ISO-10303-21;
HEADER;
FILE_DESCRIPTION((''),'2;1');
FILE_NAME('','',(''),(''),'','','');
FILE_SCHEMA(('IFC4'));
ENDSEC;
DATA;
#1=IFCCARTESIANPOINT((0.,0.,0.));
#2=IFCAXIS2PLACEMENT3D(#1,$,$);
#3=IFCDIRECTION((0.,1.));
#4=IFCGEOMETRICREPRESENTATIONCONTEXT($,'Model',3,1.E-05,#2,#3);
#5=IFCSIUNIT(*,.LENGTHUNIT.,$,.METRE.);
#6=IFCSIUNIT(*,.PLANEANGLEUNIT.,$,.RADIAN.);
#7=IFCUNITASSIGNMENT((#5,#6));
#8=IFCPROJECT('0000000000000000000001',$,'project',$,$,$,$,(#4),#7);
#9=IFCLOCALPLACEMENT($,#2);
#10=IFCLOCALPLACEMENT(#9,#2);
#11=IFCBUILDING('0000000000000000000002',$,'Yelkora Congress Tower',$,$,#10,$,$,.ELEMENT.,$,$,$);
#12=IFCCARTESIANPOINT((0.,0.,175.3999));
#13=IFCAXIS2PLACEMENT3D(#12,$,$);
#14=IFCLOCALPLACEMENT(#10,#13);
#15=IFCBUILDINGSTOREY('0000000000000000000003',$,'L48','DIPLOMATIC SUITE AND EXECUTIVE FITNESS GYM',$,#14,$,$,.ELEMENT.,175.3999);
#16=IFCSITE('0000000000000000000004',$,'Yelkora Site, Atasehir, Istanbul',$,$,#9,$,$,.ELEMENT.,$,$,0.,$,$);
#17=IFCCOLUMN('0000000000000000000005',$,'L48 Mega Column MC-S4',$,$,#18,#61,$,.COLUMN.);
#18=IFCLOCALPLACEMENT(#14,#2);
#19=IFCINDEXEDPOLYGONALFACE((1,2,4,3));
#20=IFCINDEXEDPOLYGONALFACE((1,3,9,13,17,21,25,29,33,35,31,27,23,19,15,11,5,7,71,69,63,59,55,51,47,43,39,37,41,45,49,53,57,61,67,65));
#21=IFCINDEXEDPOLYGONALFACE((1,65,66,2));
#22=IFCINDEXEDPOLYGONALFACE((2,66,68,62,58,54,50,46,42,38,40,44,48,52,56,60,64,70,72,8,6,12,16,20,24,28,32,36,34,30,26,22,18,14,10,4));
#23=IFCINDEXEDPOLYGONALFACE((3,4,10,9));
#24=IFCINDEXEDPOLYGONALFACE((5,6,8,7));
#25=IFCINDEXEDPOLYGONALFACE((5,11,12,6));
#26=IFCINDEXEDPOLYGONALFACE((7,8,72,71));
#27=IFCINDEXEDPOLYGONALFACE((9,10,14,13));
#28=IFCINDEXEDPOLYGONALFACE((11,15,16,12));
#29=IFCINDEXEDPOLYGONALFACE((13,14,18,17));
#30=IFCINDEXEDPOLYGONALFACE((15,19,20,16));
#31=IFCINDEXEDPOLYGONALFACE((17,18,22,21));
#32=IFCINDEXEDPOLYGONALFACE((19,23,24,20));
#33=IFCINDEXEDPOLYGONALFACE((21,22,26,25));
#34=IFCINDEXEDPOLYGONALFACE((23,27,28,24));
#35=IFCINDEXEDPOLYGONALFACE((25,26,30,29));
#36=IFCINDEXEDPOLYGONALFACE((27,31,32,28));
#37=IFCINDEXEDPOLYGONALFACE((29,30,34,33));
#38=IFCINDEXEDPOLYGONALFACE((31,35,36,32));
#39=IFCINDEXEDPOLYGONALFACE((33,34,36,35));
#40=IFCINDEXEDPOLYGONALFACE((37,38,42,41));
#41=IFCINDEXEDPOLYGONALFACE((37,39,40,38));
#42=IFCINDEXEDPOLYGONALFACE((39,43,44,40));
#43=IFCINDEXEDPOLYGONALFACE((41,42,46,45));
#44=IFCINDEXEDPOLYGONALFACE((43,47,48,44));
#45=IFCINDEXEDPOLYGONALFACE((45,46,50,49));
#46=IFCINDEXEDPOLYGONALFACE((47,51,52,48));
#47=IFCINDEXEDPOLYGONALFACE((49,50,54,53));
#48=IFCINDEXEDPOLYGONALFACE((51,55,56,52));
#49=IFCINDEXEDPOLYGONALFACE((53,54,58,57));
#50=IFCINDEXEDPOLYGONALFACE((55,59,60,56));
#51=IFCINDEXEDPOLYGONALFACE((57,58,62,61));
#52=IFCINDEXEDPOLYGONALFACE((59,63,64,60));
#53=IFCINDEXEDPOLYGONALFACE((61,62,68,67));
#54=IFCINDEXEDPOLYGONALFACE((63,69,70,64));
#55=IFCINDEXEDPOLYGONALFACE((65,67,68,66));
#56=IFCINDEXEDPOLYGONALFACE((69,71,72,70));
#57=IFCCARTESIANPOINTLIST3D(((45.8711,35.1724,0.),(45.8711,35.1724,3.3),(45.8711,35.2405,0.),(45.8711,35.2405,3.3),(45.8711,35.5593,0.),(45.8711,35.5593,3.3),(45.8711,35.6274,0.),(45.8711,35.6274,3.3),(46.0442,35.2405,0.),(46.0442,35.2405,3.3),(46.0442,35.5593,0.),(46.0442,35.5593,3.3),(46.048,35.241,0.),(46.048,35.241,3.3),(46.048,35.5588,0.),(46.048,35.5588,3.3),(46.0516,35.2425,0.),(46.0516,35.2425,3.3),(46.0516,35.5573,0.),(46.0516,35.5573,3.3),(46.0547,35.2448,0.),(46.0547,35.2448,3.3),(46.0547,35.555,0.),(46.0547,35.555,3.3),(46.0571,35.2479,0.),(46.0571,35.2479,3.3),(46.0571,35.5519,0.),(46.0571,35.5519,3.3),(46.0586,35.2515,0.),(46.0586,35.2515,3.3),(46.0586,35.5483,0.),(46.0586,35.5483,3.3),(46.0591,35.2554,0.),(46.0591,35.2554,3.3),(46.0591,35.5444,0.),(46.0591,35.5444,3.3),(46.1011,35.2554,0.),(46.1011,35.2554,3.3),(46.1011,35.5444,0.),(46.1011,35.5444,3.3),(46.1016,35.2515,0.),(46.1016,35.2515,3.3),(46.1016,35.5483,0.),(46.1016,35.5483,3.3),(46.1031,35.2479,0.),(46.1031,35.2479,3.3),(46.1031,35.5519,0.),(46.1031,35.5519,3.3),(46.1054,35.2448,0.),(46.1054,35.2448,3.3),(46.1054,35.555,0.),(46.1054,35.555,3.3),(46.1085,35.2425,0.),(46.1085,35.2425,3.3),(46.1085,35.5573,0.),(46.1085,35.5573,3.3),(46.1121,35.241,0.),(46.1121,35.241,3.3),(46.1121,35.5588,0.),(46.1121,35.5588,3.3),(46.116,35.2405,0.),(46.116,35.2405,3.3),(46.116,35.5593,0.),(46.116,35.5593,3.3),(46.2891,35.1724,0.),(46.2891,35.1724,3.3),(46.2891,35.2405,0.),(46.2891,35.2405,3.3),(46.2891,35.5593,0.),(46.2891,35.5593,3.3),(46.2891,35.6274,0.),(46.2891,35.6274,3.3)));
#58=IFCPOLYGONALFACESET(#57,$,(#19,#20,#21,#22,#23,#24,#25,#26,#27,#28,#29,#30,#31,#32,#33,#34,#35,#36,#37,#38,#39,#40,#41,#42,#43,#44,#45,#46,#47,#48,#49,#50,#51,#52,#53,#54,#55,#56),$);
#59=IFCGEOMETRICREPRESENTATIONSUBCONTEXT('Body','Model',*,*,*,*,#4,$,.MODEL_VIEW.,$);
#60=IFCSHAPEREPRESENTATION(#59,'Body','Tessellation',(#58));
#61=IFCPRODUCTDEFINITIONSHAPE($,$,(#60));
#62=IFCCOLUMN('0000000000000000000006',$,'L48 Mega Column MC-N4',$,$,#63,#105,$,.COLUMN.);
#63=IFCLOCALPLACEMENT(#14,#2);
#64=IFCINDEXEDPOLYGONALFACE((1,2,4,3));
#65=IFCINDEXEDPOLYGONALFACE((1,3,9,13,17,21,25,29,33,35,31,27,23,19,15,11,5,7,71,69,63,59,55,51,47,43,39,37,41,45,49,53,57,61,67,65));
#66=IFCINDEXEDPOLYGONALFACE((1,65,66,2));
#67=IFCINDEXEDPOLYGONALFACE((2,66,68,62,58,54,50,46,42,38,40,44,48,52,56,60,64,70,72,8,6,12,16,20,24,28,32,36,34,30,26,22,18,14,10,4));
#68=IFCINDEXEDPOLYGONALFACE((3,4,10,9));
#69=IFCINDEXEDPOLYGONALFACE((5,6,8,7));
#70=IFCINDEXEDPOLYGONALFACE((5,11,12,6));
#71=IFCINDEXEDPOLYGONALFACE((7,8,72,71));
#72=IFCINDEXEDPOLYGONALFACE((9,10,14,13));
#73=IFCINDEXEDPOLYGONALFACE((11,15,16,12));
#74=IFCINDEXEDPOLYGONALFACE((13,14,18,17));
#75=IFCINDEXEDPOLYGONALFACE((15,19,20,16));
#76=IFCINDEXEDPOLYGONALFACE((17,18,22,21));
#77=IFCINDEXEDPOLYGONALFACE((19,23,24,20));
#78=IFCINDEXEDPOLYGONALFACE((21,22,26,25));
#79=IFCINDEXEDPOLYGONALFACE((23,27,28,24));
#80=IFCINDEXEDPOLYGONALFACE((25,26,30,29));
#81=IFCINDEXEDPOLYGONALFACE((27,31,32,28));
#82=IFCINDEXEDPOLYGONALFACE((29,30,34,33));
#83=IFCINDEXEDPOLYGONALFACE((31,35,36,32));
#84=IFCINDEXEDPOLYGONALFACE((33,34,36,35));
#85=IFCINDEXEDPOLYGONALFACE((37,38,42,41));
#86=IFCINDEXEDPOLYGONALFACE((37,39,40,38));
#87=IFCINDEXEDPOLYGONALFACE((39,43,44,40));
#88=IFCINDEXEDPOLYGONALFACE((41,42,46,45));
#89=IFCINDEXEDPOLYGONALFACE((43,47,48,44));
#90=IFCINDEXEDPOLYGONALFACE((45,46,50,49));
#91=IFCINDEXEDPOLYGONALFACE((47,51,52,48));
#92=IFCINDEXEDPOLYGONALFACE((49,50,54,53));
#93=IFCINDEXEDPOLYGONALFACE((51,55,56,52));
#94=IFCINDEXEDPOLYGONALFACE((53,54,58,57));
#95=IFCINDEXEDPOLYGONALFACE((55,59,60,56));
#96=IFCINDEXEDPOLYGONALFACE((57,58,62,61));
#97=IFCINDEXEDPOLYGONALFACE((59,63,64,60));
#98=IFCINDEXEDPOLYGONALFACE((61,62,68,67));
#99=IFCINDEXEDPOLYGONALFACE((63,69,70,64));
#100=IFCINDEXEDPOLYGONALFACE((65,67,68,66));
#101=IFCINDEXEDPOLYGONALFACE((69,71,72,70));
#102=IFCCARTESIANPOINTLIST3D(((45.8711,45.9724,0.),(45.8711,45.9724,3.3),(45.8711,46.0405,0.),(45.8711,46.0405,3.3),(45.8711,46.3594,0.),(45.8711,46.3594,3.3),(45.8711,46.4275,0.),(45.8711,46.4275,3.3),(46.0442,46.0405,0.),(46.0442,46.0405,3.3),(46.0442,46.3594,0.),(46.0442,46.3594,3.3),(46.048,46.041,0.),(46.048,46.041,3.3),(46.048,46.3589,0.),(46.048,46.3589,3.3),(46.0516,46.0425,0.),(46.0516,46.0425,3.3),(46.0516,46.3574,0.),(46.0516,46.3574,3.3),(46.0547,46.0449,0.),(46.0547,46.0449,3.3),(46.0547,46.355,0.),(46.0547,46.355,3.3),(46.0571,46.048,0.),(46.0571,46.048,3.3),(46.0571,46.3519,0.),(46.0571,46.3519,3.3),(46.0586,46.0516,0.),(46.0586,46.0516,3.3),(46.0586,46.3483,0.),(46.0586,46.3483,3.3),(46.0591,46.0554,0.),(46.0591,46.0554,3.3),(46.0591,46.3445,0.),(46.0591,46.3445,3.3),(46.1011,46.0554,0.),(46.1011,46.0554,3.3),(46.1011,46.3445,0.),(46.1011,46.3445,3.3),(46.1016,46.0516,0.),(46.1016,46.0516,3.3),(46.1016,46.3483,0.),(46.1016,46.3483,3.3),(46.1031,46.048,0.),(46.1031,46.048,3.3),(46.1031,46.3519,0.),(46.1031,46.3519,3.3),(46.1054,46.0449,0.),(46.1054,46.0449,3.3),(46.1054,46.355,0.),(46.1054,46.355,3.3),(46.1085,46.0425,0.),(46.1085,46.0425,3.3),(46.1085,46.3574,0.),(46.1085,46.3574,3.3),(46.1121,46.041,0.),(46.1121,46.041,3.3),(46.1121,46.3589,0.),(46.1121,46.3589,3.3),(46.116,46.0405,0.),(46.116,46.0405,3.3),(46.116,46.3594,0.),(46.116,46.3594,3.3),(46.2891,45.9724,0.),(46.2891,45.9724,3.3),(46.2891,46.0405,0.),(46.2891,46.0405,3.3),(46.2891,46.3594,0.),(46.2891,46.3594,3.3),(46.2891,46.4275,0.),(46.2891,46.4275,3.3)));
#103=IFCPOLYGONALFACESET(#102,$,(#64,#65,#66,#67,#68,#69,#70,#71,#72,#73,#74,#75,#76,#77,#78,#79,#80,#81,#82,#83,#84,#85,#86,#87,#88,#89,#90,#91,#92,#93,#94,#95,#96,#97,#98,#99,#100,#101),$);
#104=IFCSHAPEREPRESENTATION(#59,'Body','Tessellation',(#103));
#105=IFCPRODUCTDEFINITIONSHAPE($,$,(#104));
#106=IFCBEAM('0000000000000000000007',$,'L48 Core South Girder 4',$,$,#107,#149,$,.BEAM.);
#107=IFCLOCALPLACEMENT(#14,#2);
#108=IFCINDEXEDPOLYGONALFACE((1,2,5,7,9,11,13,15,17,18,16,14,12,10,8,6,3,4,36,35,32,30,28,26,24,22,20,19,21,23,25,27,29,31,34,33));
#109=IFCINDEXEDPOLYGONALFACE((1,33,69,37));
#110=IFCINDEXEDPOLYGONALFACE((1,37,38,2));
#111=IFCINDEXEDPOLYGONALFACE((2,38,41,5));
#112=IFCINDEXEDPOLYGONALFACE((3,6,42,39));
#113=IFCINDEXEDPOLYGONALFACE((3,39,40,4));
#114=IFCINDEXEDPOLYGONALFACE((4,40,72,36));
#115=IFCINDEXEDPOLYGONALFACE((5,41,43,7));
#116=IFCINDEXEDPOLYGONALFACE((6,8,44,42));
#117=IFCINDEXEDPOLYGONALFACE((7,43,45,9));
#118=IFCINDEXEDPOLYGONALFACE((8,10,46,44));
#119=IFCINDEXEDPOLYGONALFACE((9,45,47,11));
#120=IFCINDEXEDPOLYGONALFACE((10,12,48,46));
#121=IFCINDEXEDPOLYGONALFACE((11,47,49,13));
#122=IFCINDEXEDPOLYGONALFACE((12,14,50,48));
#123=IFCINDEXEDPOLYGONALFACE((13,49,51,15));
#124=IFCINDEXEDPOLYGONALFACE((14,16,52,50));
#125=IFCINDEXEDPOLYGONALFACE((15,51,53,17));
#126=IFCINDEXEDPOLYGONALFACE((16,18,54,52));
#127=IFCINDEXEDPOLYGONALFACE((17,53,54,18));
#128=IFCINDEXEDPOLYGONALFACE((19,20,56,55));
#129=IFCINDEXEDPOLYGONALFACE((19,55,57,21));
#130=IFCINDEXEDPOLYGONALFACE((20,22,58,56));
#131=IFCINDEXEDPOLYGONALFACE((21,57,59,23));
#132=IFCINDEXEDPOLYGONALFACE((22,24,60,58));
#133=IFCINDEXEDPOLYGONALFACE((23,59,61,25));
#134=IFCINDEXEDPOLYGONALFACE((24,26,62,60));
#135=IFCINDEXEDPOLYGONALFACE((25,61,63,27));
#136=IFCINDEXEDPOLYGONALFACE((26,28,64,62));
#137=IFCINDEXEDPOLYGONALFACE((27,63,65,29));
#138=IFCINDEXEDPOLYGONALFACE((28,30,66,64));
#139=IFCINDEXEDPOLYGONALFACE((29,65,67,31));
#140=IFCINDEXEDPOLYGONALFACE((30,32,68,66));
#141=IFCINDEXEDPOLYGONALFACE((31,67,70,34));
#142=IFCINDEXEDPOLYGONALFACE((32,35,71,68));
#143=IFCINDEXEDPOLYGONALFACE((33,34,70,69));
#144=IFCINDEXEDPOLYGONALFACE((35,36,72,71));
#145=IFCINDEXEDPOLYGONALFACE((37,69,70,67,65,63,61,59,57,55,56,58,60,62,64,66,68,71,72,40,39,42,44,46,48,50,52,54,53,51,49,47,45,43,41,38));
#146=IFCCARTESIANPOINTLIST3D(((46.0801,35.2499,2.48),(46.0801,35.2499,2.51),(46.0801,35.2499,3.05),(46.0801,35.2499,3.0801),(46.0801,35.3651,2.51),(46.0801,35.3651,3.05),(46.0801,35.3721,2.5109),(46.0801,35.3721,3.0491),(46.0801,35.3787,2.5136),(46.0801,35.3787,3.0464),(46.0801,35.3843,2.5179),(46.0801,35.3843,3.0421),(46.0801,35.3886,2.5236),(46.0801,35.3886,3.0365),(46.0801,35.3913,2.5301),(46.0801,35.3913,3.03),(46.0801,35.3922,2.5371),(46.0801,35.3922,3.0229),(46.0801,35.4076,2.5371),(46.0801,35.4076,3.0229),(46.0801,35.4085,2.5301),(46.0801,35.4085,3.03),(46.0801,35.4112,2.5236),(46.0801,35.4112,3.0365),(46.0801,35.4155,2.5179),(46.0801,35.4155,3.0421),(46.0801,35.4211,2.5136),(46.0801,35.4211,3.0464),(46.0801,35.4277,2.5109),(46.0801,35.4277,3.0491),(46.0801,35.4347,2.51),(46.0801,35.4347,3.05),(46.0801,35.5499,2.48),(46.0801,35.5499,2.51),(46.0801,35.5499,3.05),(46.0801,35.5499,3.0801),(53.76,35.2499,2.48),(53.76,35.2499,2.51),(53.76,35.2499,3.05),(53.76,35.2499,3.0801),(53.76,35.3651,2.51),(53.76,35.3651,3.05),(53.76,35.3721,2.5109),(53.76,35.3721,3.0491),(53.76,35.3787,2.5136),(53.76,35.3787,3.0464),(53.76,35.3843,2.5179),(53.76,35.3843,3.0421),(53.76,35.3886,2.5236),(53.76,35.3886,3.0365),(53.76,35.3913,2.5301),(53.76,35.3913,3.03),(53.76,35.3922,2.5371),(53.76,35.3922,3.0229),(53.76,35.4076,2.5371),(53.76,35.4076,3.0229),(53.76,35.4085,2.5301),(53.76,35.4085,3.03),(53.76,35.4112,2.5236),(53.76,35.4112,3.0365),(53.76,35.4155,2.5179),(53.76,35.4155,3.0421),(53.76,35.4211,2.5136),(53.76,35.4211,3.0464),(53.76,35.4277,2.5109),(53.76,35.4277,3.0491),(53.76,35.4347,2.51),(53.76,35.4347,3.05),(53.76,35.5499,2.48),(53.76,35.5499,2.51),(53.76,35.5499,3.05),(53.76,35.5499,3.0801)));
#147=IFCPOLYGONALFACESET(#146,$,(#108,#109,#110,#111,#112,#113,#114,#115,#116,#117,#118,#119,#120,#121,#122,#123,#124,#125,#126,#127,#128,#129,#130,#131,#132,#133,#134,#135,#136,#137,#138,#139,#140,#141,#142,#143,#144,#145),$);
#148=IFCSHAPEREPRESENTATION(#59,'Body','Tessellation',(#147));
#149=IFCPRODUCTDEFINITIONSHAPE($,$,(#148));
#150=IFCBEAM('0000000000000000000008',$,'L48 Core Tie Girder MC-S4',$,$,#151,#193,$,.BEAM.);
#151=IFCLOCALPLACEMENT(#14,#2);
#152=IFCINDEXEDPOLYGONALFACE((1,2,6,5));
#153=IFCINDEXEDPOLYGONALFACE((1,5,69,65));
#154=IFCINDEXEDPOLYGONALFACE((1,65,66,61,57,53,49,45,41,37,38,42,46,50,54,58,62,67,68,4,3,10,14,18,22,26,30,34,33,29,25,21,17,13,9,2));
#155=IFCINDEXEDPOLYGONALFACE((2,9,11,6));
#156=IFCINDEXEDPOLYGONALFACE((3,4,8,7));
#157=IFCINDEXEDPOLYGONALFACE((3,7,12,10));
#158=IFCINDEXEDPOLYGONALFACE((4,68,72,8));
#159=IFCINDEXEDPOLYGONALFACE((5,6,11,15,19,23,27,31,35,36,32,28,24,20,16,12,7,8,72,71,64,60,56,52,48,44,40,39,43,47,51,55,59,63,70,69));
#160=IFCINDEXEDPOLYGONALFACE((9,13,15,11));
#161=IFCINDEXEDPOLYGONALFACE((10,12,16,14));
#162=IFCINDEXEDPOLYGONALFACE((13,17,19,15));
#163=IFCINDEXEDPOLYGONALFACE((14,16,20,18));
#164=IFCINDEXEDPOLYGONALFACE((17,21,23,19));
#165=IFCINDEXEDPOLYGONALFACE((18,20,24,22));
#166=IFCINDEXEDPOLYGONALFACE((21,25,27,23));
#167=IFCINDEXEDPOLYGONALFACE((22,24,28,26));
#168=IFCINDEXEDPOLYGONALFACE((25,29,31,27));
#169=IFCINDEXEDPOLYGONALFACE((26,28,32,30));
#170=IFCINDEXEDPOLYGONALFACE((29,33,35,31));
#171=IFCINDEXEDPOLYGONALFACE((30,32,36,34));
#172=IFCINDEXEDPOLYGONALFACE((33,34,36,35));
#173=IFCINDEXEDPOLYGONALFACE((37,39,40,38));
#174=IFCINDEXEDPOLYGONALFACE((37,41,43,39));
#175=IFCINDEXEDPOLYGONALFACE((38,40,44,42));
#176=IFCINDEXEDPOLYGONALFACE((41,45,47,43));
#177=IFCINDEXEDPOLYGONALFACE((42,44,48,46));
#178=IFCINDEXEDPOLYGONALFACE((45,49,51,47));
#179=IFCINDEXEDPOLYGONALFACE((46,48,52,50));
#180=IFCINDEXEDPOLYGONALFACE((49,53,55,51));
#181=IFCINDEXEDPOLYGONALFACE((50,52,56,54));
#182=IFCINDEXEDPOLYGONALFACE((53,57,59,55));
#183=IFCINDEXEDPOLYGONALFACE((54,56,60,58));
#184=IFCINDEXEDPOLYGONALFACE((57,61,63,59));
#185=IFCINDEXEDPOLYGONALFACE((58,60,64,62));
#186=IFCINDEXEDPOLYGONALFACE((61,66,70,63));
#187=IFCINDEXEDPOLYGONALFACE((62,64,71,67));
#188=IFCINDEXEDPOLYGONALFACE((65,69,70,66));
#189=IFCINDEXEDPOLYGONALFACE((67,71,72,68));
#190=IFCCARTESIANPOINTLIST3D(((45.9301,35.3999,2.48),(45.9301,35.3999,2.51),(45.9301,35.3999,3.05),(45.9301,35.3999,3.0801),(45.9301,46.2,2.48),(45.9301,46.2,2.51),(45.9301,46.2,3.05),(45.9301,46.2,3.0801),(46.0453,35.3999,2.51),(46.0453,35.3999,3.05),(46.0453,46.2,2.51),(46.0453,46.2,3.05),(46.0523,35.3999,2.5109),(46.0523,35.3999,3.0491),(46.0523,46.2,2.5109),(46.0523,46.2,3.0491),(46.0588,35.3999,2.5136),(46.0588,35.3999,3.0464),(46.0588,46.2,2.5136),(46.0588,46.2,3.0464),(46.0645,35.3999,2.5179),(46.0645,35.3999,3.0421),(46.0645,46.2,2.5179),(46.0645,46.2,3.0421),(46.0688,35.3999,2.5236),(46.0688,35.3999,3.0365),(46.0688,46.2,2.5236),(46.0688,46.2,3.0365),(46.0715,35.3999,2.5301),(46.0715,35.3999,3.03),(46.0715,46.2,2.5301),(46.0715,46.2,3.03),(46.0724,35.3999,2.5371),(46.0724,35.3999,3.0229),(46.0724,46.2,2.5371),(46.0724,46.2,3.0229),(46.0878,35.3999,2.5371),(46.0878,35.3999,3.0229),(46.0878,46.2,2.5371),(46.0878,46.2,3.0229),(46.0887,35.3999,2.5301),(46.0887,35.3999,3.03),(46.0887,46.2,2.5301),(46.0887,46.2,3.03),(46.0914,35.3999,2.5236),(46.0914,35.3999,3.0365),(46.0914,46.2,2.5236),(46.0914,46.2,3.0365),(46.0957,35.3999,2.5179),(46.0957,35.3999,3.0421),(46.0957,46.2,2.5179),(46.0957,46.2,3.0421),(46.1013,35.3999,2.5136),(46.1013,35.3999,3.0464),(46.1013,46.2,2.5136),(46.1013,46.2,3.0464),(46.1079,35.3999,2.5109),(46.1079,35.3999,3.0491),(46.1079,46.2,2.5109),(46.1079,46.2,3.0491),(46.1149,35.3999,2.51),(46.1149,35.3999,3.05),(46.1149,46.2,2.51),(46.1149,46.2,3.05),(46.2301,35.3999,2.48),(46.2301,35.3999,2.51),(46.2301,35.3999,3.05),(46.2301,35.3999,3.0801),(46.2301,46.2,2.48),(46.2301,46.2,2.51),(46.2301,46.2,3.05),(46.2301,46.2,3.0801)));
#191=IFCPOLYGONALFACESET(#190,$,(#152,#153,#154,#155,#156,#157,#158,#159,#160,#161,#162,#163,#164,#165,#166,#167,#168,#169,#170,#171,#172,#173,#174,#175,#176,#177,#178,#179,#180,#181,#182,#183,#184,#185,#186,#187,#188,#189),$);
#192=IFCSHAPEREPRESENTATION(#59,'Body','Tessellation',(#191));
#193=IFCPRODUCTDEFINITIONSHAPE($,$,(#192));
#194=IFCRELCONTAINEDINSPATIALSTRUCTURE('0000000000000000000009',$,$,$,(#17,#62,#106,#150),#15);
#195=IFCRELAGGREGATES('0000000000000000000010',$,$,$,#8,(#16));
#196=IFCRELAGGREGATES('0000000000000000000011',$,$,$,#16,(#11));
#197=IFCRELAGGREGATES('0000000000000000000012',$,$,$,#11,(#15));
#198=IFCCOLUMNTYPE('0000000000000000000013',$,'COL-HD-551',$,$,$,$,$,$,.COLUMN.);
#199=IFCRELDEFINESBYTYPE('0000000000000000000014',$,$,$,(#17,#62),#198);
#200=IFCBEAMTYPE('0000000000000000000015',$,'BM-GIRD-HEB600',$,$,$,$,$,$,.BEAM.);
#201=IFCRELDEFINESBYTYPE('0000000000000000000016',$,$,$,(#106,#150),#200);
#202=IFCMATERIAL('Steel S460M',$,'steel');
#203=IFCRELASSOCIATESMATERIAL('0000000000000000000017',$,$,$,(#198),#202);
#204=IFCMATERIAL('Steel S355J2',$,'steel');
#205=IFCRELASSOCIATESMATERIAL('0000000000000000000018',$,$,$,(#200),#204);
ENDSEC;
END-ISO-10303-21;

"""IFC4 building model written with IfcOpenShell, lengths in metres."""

from ifc_helpers import new_model, si_unit, direction, frame, origin, origin_2d, place, context, subcontext, project, spatial, i_section, extrude, material, material_profile, profile_set, type_object, element, save


model = new_model("IFC4")

# Units and contexts
model_context = context("Model", 3, precision=1e-05, world=origin(), true_north=direction((0.0, 1.0)))
body_context = subcontext(model_context, "Body", "Model", "MODEL_VIEW")
ifc_project = project(units=[si_unit("LENGTHUNIT", "METRE"), si_unit("PLANEANGLEUNIT", "RADIAN")], contexts=[model_context])

# Site, building, storey
site_placement = place(None, origin())
site = spatial("IfcSite", under=ifc_project, at=site_placement, Name="Yelkora Site, Atasehir, Istanbul", CompositionType="ELEMENT", RefElevation=0.0)
building_placement = place(site_placement, origin())
building = spatial("IfcBuilding", under=site, at=building_placement, Name="Yelkora Congress Tower", CompositionType="ELEMENT")
storey_placement = place(building_placement, frame((0.0, 0.0, 175.3999)))
storey = spatial("IfcBuildingStorey", under=building, at=storey_placement, Name="L48", Description="DIPLOMATIC SUITE AND EXECUTIVE FITNESS GYM", CompositionType="ELEMENT", Elevation=175.3999)

# Columns
ifc_material_1 = material(Name="Steel S460M", Category="steel")
ifc_material_profile_1 = material_profile(ifc_material_1, i_section(OverallWidth=0.418, OverallDepth=0.4551, WebThickness=0.042, FlangeThickness=0.0681, FilletRadius=0.0149, at=origin_2d()), Name="HD 400x551")
ifc_profile_set_1 = profile_set([ifc_material_profile_1], Name="Steel S460M")
column_type = type_object("IfcColumnType", Name="COL-HD-551", PredefinedType="COLUMN", material=ifc_profile_set_1)
for number, where, z_axis, x_axis, name in (
    (1, (46.0801, 35.3999, 0.0), (0.0, 0.0, 1.0), (1.0, 0.0, 0.0), "L48 Mega Column MC-S4"),
    (2, (46.0801, 46.2, 0.0), (0.0, 0.0, 1.0), (1.0, 0.0, 0.0), "L48 Mega Column MC-N4"),
):
    element("IfcColumn", number, at=place(storey_placement, frame(where, z_axis=z_axis, x_axis=x_axis)), inside=storey, type_object=column_type, Name=name, PredefinedType="COLUMN", context=body_context, shape_type="SweptSolid", body=[
        extrude(i_section(OverallWidth=0.418, OverallDepth=0.4551, WebThickness=0.042, FlangeThickness=0.0681, FilletRadius=0.0149, at=origin_2d()), origin(), (0.0, 0.0, 1.0), 3.3),
    ])

# Beams
ifc_material_2 = material(Name="Steel S355J2", Category="steel")
ifc_material_profile_2 = material_profile(ifc_material_2, i_section(OverallWidth=0.3, OverallDepth=0.6001, WebThickness=0.0154, FlangeThickness=0.03, FilletRadius=0.0271, at=origin_2d()), Name="HEB 600")
ifc_profile_set_2 = profile_set([ifc_material_profile_2], Name="Steel S355J2")
beam_type_1 = type_object("IfcBeamType", Name="BM-GIRD-HEB600", PredefinedType="BEAM", material=ifc_profile_set_2)
beam_1_placement = place(storey_placement, frame((46.0801, 35.3999, 2.78), z_axis=(1.0, 0.0, 0.0), x_axis=(0.0, 1.0, 0.0)))
element("IfcBeam", 3, at=beam_1_placement, inside=storey, type_object=beam_type_1, Name="L48 Core South Girder 4", PredefinedType="BEAM", context=body_context, shape_type="SweptSolid", body=[
    extrude(i_section(OverallWidth=0.3, OverallDepth=0.6001, WebThickness=0.0154, FlangeThickness=0.03, FilletRadius=0.0271, at=origin_2d()), origin(), (0.0, 0.0, 1.0), 7.6799),
])
beam_2_placement = place(storey_placement, frame((46.0801, 35.3999, 2.78), z_axis=(0.0, 1.0, 0.0), x_axis=(-1.0, 0.0, 0.0)))
element("IfcBeam", 4, at=beam_2_placement, inside=storey, type_object=beam_type_1, Name="L48 Core Tie Girder MC-S4", PredefinedType="BEAM", context=body_context, shape_type="SweptSolid", body=[
    extrude(i_section(OverallWidth=0.3, OverallDepth=0.6001, WebThickness=0.0154, FlangeThickness=0.03, FilletRadius=0.0271, at=origin_2d()), origin(), (0.0, 0.0, 1.0), 10.8),
])

save(model, "model.ifc")
